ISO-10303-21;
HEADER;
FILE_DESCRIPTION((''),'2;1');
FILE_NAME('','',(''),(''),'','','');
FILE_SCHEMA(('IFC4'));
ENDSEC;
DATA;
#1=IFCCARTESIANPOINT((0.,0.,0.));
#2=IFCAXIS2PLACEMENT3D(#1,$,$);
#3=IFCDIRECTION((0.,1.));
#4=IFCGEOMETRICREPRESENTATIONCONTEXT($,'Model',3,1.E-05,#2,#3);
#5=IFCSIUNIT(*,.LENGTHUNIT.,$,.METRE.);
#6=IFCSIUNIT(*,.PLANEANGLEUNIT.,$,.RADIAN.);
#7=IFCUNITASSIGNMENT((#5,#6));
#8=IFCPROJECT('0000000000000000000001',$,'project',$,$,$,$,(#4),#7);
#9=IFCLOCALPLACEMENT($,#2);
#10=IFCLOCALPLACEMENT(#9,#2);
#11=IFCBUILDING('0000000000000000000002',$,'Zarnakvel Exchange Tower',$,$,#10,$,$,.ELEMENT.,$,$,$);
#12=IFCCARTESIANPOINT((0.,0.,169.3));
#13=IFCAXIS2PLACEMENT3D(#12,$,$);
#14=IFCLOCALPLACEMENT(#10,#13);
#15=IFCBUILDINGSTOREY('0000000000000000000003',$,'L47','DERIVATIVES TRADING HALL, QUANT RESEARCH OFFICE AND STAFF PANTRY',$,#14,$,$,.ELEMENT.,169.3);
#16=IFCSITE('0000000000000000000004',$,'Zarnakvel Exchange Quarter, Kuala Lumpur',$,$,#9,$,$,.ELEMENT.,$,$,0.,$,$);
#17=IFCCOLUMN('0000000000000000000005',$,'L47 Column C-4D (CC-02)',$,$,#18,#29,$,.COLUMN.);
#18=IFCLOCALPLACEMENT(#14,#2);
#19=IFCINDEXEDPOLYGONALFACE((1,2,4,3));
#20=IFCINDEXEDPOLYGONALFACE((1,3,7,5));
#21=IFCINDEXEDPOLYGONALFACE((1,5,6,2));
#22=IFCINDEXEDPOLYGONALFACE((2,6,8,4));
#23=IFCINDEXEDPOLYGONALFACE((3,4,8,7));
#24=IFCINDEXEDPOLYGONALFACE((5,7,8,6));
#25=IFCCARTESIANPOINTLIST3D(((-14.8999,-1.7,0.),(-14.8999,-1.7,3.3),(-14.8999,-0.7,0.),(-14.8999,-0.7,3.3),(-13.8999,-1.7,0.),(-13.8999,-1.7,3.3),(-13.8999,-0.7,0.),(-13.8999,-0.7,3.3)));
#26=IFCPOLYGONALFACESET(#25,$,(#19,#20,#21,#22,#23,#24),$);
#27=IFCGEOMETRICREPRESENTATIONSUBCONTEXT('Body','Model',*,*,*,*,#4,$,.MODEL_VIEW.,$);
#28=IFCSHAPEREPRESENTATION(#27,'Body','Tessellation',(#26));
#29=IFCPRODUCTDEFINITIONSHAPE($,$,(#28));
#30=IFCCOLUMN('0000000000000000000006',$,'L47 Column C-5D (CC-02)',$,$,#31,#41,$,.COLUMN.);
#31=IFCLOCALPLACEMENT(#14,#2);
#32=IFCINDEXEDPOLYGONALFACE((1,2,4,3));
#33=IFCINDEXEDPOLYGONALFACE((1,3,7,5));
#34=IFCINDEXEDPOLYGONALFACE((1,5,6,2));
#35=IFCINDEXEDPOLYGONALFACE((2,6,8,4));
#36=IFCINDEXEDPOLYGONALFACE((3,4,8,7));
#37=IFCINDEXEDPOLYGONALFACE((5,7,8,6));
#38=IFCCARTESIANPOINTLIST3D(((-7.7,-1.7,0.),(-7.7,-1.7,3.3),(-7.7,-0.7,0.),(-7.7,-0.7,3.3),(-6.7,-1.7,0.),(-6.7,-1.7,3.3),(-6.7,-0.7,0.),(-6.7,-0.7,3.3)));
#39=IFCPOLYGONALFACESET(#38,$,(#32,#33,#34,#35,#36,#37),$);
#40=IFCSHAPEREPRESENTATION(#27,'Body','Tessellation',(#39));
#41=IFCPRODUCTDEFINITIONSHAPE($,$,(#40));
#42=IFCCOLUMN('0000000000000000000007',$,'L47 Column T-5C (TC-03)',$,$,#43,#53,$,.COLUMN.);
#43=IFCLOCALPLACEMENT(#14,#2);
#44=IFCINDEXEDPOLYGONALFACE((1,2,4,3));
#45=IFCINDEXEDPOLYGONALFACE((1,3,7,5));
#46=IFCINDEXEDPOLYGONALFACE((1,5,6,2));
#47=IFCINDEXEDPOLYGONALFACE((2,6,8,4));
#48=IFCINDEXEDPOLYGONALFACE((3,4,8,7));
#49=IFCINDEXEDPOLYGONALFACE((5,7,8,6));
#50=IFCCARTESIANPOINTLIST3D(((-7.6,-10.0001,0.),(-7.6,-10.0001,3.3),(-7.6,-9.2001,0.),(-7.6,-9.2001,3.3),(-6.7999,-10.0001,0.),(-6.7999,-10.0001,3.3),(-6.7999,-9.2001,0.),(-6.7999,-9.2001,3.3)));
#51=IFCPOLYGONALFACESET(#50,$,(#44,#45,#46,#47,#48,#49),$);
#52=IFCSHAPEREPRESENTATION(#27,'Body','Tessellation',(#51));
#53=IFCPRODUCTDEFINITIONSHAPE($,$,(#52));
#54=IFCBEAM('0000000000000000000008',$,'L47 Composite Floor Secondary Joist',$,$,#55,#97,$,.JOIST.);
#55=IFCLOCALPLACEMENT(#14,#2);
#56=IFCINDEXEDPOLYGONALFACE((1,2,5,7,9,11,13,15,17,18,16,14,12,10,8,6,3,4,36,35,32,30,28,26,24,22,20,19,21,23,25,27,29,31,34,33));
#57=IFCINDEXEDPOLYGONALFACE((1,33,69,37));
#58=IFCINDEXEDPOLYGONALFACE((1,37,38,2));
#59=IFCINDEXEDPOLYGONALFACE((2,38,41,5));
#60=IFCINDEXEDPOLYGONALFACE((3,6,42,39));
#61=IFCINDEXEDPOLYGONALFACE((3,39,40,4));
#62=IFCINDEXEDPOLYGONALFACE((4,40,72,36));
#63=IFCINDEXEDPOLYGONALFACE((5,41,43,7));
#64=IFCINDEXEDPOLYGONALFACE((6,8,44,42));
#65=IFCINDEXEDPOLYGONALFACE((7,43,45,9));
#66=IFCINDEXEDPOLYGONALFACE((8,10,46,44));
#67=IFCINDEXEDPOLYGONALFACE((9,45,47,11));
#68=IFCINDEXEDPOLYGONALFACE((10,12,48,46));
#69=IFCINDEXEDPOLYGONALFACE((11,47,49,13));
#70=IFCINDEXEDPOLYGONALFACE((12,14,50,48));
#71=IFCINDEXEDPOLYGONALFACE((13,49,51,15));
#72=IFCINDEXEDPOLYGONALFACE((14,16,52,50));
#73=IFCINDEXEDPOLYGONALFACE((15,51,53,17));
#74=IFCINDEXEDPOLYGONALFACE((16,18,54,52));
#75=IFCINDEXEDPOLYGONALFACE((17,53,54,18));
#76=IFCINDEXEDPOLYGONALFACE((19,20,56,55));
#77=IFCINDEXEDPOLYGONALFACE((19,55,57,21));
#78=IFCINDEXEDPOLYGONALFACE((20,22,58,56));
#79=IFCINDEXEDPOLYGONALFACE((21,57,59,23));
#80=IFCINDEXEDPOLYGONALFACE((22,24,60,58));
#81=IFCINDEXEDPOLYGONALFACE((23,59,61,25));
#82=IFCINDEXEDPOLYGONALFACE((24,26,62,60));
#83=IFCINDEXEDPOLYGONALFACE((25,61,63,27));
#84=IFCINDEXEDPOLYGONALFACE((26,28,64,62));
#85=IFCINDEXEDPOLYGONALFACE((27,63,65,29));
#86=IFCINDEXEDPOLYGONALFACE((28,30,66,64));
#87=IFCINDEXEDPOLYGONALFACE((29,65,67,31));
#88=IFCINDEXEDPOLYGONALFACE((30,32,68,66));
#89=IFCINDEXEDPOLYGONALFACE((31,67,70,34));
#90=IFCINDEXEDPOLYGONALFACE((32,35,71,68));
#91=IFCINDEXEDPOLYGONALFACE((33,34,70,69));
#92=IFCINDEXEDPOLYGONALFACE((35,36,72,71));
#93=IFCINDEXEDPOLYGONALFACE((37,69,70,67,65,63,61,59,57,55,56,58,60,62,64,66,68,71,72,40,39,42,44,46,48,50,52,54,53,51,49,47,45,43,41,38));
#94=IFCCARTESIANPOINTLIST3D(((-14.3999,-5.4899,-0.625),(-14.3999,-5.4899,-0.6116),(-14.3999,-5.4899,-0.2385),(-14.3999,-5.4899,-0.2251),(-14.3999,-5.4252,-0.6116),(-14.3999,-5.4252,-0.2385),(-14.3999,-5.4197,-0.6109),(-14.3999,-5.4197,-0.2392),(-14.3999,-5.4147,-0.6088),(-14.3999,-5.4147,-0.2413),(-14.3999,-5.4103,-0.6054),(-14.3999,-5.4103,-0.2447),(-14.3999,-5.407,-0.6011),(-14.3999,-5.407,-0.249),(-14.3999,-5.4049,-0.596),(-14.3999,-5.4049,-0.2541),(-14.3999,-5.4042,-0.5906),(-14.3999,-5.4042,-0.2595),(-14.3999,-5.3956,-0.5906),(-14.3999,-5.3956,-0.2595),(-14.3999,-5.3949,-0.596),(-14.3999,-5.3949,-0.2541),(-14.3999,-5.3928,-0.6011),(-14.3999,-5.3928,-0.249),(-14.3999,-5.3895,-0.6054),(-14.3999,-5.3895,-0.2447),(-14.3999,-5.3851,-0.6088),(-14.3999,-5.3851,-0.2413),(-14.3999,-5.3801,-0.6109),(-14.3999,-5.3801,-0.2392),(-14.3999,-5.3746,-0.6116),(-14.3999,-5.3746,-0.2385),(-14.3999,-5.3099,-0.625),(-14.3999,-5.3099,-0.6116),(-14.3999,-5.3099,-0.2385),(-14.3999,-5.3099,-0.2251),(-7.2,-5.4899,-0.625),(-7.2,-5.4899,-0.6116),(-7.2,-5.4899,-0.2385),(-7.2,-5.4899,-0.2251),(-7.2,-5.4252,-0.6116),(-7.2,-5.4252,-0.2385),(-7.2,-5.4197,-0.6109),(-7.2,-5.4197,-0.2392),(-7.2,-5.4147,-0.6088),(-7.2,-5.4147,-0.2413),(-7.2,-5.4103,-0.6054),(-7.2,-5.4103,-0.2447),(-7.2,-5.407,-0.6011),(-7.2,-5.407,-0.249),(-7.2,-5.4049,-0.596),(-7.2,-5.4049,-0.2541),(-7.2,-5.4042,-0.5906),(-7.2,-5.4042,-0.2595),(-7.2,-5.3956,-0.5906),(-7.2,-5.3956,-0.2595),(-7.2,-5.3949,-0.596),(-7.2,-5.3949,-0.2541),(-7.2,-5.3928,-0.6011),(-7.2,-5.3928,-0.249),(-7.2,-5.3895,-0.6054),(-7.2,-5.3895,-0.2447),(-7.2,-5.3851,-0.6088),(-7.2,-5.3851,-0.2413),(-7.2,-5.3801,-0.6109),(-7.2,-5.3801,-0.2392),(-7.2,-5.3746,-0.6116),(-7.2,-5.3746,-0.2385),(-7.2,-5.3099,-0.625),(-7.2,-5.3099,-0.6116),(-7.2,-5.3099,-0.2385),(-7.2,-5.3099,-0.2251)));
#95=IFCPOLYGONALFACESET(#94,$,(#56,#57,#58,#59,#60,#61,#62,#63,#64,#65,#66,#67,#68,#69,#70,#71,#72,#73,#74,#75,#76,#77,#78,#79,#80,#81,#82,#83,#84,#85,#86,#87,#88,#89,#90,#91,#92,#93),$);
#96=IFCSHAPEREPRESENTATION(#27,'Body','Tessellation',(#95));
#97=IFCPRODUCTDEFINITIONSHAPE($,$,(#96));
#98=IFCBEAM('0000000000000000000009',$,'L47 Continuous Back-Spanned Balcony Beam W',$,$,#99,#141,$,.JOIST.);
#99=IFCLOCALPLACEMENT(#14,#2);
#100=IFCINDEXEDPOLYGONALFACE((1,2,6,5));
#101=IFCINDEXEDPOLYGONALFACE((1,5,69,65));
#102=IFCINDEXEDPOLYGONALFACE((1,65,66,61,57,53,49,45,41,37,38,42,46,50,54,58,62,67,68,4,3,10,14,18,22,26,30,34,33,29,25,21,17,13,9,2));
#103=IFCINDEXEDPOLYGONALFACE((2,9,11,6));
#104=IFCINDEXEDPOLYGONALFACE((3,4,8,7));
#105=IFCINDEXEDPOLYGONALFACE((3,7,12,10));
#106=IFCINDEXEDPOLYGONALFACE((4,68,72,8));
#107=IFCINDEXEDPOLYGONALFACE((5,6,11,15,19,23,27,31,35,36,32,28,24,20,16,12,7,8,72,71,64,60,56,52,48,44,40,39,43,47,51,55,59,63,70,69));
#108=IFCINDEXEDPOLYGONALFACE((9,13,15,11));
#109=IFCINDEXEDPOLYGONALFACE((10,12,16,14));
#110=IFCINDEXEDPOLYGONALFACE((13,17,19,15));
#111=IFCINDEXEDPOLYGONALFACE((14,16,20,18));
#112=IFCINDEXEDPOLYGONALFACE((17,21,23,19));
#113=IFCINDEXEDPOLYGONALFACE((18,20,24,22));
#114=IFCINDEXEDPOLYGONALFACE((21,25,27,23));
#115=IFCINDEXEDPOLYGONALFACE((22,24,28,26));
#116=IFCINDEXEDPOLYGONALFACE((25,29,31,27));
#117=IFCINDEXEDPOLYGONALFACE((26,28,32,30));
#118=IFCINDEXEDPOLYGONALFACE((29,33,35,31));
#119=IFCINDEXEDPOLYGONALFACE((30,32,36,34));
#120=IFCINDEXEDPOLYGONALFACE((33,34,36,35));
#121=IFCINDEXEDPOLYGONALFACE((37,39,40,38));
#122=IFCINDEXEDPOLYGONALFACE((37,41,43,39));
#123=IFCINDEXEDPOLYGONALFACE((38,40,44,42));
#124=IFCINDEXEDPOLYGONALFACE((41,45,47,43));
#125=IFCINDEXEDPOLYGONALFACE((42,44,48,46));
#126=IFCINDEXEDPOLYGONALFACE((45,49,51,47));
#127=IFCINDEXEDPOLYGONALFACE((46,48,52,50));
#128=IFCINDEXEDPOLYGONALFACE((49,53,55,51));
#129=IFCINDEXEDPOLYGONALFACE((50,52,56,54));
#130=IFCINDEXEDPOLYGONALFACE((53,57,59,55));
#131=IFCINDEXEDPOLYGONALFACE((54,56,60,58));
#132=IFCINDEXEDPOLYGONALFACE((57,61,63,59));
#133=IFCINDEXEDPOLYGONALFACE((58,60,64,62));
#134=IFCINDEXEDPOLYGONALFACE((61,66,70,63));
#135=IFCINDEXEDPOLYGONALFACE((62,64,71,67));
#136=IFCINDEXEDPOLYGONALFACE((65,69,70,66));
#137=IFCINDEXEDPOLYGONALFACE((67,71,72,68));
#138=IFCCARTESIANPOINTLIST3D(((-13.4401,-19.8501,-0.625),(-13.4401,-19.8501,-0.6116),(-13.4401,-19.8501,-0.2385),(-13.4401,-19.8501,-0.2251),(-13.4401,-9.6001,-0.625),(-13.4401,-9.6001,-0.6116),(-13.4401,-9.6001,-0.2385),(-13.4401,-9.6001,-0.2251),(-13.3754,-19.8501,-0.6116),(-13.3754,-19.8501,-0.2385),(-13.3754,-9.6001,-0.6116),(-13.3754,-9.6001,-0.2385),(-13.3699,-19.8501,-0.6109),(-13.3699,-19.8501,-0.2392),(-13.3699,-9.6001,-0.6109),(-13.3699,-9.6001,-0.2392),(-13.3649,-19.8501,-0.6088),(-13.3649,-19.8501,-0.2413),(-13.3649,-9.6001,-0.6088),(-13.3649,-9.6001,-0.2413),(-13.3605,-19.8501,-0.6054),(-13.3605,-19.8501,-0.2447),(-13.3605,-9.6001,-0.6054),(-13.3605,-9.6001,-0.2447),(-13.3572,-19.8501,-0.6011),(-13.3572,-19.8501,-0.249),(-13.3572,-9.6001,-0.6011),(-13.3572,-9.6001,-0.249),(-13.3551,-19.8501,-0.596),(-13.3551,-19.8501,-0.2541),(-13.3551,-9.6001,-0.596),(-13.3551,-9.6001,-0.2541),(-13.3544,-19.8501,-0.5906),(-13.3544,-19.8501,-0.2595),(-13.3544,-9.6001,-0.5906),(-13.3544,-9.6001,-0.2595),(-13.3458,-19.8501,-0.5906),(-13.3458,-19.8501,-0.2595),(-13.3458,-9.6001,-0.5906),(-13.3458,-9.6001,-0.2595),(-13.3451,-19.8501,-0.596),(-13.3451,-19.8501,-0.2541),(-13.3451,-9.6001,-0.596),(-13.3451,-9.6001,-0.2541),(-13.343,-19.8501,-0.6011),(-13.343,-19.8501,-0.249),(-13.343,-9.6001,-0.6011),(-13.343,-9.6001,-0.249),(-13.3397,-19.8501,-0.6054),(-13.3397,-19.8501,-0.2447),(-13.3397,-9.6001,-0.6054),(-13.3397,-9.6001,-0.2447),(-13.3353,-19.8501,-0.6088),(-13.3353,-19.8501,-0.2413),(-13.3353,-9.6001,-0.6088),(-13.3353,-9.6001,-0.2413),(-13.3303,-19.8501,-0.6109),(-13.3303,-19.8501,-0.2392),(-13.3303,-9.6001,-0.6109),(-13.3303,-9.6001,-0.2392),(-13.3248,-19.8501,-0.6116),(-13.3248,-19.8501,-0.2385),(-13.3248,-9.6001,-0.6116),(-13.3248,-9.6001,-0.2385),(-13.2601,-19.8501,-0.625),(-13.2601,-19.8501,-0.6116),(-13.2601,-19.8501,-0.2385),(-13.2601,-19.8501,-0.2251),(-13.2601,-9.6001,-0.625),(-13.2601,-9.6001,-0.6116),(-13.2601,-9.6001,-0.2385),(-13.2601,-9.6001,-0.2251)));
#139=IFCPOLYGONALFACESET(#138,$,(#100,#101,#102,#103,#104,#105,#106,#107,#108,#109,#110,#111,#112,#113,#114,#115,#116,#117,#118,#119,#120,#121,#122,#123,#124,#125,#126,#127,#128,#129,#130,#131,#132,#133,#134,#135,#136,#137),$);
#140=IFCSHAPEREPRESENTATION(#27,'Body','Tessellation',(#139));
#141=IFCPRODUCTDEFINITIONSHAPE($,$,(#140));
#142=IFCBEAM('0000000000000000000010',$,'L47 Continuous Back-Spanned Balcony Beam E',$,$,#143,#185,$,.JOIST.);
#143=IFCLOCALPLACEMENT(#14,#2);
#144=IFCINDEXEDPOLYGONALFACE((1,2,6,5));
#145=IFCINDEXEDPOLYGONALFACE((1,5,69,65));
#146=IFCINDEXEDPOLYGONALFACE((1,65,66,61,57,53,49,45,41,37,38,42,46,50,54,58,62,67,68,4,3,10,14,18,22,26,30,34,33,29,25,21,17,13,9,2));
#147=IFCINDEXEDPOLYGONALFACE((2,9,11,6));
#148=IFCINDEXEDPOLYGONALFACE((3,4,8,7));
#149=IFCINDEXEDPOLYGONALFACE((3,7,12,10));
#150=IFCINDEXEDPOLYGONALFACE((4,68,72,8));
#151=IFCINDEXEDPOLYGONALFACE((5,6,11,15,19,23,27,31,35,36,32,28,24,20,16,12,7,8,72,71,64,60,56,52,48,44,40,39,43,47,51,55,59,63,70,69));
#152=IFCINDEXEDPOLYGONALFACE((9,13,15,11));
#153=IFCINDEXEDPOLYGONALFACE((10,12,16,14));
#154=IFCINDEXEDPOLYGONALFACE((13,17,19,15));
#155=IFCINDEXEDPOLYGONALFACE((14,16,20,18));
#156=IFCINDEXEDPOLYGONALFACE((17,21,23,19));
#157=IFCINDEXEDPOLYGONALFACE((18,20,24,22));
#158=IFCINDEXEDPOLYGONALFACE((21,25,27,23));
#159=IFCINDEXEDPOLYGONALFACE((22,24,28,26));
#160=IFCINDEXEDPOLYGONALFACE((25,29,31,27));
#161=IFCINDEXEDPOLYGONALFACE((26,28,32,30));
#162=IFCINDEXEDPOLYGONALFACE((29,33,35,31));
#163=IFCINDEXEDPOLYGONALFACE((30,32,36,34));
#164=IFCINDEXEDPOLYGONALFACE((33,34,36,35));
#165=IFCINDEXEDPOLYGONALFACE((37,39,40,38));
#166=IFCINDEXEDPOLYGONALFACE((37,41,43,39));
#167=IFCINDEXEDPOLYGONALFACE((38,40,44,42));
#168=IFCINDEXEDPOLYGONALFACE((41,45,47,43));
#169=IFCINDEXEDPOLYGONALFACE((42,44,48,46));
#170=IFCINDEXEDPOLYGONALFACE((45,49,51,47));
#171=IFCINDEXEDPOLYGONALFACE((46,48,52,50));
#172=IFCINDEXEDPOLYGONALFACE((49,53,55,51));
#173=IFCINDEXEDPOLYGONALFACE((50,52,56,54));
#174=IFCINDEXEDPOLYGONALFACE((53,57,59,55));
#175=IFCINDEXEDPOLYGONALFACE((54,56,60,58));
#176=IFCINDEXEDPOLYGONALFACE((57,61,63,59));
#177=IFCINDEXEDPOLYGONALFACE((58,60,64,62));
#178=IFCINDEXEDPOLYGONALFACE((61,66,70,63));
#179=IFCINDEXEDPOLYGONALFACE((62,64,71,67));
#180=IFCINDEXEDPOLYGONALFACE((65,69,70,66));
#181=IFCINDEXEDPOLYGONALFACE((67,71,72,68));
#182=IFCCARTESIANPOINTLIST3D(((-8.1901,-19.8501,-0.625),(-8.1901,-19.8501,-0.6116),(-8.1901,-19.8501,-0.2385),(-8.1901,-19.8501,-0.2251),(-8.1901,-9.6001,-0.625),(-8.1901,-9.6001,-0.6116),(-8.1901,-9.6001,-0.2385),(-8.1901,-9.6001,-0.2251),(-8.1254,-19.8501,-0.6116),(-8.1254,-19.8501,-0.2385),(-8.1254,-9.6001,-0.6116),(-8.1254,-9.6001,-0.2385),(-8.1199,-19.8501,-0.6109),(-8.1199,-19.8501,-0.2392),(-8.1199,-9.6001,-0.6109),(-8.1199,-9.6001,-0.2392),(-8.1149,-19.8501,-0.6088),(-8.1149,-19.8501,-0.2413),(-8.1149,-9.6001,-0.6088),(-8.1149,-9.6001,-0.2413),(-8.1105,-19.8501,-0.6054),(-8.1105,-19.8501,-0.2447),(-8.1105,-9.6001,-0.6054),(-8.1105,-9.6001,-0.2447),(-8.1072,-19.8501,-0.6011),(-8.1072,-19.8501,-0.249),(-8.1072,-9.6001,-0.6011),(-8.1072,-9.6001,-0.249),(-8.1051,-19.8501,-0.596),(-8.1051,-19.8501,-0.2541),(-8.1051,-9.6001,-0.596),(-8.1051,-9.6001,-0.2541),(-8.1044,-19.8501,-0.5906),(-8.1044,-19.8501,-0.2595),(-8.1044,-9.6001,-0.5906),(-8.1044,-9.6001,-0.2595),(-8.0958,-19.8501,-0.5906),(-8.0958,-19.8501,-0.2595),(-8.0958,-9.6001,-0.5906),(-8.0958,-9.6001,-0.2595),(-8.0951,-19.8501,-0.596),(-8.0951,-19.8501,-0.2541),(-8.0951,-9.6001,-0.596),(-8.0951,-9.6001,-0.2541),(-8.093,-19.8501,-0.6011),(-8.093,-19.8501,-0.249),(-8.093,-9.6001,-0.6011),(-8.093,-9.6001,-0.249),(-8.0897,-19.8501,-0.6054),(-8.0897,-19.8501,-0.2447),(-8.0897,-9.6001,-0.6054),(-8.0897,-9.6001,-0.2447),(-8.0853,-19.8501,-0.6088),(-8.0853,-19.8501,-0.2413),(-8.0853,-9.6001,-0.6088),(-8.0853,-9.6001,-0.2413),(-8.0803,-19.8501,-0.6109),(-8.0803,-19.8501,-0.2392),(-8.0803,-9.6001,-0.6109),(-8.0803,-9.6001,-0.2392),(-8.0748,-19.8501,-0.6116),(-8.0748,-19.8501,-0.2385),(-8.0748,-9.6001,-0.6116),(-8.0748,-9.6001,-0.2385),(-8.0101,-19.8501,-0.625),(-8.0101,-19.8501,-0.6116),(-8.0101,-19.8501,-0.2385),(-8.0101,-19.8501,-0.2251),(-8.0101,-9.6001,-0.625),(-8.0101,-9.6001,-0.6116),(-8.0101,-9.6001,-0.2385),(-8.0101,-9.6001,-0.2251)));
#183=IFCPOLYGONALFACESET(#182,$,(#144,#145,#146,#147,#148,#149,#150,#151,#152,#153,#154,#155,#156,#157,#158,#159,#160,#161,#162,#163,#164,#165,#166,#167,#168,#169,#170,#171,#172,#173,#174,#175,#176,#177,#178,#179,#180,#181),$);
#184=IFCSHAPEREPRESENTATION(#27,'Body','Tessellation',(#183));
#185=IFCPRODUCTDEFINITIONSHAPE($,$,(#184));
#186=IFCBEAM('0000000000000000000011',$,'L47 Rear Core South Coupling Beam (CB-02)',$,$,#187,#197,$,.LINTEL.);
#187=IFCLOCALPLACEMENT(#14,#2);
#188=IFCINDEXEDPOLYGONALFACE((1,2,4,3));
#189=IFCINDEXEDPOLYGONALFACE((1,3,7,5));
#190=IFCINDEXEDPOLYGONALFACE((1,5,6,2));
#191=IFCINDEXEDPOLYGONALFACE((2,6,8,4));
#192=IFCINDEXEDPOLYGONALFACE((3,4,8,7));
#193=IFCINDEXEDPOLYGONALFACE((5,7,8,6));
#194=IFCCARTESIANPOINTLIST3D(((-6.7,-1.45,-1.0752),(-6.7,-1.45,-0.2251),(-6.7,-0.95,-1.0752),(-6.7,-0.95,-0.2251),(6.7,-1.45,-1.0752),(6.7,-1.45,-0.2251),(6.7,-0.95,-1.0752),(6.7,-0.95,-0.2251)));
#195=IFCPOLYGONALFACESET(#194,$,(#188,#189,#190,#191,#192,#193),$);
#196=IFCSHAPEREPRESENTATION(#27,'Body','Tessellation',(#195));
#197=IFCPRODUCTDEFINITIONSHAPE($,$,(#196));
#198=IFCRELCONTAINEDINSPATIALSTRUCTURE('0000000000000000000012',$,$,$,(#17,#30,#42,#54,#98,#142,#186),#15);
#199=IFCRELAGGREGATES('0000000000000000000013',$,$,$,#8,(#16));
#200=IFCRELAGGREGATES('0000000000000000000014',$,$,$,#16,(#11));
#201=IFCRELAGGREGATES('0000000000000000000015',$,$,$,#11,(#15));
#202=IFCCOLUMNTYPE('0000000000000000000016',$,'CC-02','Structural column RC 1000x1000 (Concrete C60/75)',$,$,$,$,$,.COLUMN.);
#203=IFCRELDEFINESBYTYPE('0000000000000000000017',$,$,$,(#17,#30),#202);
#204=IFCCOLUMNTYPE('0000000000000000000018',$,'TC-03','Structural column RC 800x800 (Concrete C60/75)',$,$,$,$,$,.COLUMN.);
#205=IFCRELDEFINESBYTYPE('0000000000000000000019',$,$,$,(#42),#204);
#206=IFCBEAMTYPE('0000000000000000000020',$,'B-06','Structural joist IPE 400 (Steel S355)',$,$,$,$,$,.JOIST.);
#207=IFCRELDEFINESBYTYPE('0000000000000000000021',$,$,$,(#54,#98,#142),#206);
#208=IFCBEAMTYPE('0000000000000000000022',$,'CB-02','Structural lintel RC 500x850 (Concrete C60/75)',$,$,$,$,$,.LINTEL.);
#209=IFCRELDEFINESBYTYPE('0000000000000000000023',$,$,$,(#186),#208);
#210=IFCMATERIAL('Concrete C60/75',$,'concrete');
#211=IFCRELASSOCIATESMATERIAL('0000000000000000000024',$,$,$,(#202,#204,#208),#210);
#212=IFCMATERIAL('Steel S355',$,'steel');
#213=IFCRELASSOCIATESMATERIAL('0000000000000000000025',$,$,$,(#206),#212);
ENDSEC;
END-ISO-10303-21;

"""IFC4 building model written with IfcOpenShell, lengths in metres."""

from ifc_helpers import new_model, si_unit, direction, frame, origin, origin_2d, place, context, subcontext, project, spatial, rectangle, i_section, extrude, material, material_profile, profile_set, type_object, element, save


model = new_model("IFC4")

# Units and contexts
model_context = context("Model", 3, precision=1e-05, world=origin(), true_north=direction((0.0, 1.0)))
body_context = subcontext(model_context, "Body", "Model", "MODEL_VIEW")
ifc_project = project(units=[si_unit("LENGTHUNIT", "METRE"), si_unit("PLANEANGLEUNIT", "RADIAN")], contexts=[model_context])

# Site, building, storey
site_placement = place(None, origin())
site = spatial("IfcSite", under=ifc_project, at=site_placement, Name="Zarnakvel Exchange Quarter, Kuala Lumpur", CompositionType="ELEMENT", RefElevation=0.0)
building_placement = place(site_placement, origin())
building = spatial("IfcBuilding", under=site, at=building_placement, Name="Zarnakvel Exchange Tower", CompositionType="ELEMENT")
storey_placement = place(building_placement, frame((0.0, 0.0, 169.3)))
storey = spatial("IfcBuildingStorey", under=building, at=storey_placement, Name="L47", Description="DERIVATIVES TRADING HALL, QUANT RESEARCH OFFICE AND STAFF PANTRY", CompositionType="ELEMENT", Elevation=169.3)

# Columns
ifc_material_1 = material(Name="Concrete C60/75", Category="concrete")
ifc_material_profile_1 = material_profile(ifc_material_1, rectangle(XDim=1.0, YDim=1.0, at=origin_2d()))
ifc_profile_set_1 = profile_set([ifc_material_profile_1], Name="Concrete C60/75")
column_type_1 = type_object("IfcColumnType", Name="CC-02", Description="Structural column RC 1000x1000 (Concrete C60/75)", PredefinedType="COLUMN", material=ifc_profile_set_1)
for number, where, z_axis, x_axis, name in (
    (1, (-14.3999, -1.2, 0.0), (0.0, 0.0, 1.0), (1.0, 0.0, 0.0), "L47 Column C-4D (CC-02)"),
    (2, (-7.2, -1.2, 0.0), (0.0, 0.0, 1.0), (1.0, 0.0, 0.0), "L47 Column C-5D (CC-02)"),
):
    element("IfcColumn", number, at=place(storey_placement, frame(where, z_axis=z_axis, x_axis=x_axis)), inside=storey, type_object=column_type_1, Name=name, PredefinedType="COLUMN", context=body_context, shape_type="SweptSolid", body=[
        extrude(rectangle(XDim=1.0, YDim=1.0, at=origin_2d()), origin(), (0.0, 0.0, 1.0), 3.3),
    ])
ifc_material_profile_2 = material_profile(ifc_material_1, rectangle(XDim=0.8, YDim=0.8, at=origin_2d()))
ifc_profile_set_2 = profile_set([ifc_material_profile_2], Name="Concrete C60/75")
column_type_2 = type_object("IfcColumnType", Name="TC-03", Description="Structural column RC 800x800 (Concrete C60/75)", PredefinedType="COLUMN", material=ifc_profile_set_2)
column_placement = place(storey_placement, frame((-7.2, -9.6001, 0.0), z_axis=(0.0, 0.0, 1.0), x_axis=(1.0, 0.0, 0.0)))
element("IfcColumn", 3, at=column_placement, inside=storey, type_object=column_type_2, Name="L47 Column T-5C (TC-03)", PredefinedType="COLUMN", context=body_context, shape_type="SweptSolid", body=[
    extrude(rectangle(XDim=0.8, YDim=0.8, at=origin_2d()), origin(), (0.0, 0.0, 1.0), 3.3),
])

# Beams
ifc_material_2 = material(Name="Steel S355", Category="steel")
ifc_material_profile_3 = material_profile(ifc_material_2, i_section(OverallWidth=0.1799, OverallDepth=0.3999, WebThickness=0.0085, FlangeThickness=0.0134, FilletRadius=0.021, at=origin_2d()))
ifc_profile_set_3 = profile_set([ifc_material_profile_3], Name="Steel S355")
beam_type_1 = type_object("IfcBeamType", Name="B-06", Description="Structural joist IPE 400 (Steel S355)", PredefinedType="JOIST", material=ifc_profile_set_3)
beam_1_placement = place(storey_placement, frame((-14.3999, -5.3999, -0.425), z_axis=(1.0, 0.0, 0.0), x_axis=(0.0, 1.0, 0.0)))
element("IfcBeam", 4, at=beam_1_placement, inside=storey, type_object=beam_type_1, Name="L47 Composite Floor Secondary Joist", PredefinedType="JOIST", context=body_context, shape_type="SweptSolid", body=[
    extrude(i_section(OverallWidth=0.1799, OverallDepth=0.3999, WebThickness=0.0085, FlangeThickness=0.0134, FilletRadius=0.021, at=origin_2d()), origin(), (0.0, 0.0, 1.0), 7.2),
])
for number, where, z_axis, x_axis, name in (
    (5, (-13.3501, -9.6001, -0.425), (0.0, -1.0, 0.0), (1.0, 0.0, 0.0), "L47 Continuous Back-Spanned Balcony Beam W"),
    (6, (-8.1001, -9.6001, -0.425), (0.0, -1.0, 0.0), (1.0, 0.0, 0.0), "L47 Continuous Back-Spanned Balcony Beam E"),
):
    element("IfcBeam", number, at=place(storey_placement, frame(where, z_axis=z_axis, x_axis=x_axis)), inside=storey, type_object=beam_type_1, Name=name, PredefinedType="JOIST", context=body_context, shape_type="SweptSolid", body=[
        extrude(i_section(OverallWidth=0.1799, OverallDepth=0.3999, WebThickness=0.0085, FlangeThickness=0.0134, FilletRadius=0.021, at=origin_2d()), origin(), (0.0, 0.0, 1.0), 10.25),
    ])
ifc_material_profile_4 = material_profile(ifc_material_1, rectangle(XDim=0.5, YDim=0.8501, at=origin_2d()))
ifc_profile_set_4 = profile_set([ifc_material_profile_4], Name="Concrete C60/75")
beam_type_2 = type_object("IfcBeamType", Name="CB-02", Description="Structural lintel RC 500x850 (Concrete C60/75)", PredefinedType="LINTEL", material=ifc_profile_set_4)
beam_2_placement = place(storey_placement, frame((-6.7, -1.2, -0.6501), z_axis=(1.0, 0.0, 0.0), x_axis=(0.0, 1.0, 0.0)))
element("IfcBeam", 7, at=beam_2_placement, inside=storey, type_object=beam_type_2, Name="L47 Rear Core South Coupling Beam (CB-02)", PredefinedType="LINTEL", context=body_context, shape_type="SweptSolid", body=[
    extrude(rectangle(XDim=0.5, YDim=0.8501, at=origin_2d()), origin(), (0.0, 0.0, 1.0), 13.3999),
])

save(model, "model.ifc")
